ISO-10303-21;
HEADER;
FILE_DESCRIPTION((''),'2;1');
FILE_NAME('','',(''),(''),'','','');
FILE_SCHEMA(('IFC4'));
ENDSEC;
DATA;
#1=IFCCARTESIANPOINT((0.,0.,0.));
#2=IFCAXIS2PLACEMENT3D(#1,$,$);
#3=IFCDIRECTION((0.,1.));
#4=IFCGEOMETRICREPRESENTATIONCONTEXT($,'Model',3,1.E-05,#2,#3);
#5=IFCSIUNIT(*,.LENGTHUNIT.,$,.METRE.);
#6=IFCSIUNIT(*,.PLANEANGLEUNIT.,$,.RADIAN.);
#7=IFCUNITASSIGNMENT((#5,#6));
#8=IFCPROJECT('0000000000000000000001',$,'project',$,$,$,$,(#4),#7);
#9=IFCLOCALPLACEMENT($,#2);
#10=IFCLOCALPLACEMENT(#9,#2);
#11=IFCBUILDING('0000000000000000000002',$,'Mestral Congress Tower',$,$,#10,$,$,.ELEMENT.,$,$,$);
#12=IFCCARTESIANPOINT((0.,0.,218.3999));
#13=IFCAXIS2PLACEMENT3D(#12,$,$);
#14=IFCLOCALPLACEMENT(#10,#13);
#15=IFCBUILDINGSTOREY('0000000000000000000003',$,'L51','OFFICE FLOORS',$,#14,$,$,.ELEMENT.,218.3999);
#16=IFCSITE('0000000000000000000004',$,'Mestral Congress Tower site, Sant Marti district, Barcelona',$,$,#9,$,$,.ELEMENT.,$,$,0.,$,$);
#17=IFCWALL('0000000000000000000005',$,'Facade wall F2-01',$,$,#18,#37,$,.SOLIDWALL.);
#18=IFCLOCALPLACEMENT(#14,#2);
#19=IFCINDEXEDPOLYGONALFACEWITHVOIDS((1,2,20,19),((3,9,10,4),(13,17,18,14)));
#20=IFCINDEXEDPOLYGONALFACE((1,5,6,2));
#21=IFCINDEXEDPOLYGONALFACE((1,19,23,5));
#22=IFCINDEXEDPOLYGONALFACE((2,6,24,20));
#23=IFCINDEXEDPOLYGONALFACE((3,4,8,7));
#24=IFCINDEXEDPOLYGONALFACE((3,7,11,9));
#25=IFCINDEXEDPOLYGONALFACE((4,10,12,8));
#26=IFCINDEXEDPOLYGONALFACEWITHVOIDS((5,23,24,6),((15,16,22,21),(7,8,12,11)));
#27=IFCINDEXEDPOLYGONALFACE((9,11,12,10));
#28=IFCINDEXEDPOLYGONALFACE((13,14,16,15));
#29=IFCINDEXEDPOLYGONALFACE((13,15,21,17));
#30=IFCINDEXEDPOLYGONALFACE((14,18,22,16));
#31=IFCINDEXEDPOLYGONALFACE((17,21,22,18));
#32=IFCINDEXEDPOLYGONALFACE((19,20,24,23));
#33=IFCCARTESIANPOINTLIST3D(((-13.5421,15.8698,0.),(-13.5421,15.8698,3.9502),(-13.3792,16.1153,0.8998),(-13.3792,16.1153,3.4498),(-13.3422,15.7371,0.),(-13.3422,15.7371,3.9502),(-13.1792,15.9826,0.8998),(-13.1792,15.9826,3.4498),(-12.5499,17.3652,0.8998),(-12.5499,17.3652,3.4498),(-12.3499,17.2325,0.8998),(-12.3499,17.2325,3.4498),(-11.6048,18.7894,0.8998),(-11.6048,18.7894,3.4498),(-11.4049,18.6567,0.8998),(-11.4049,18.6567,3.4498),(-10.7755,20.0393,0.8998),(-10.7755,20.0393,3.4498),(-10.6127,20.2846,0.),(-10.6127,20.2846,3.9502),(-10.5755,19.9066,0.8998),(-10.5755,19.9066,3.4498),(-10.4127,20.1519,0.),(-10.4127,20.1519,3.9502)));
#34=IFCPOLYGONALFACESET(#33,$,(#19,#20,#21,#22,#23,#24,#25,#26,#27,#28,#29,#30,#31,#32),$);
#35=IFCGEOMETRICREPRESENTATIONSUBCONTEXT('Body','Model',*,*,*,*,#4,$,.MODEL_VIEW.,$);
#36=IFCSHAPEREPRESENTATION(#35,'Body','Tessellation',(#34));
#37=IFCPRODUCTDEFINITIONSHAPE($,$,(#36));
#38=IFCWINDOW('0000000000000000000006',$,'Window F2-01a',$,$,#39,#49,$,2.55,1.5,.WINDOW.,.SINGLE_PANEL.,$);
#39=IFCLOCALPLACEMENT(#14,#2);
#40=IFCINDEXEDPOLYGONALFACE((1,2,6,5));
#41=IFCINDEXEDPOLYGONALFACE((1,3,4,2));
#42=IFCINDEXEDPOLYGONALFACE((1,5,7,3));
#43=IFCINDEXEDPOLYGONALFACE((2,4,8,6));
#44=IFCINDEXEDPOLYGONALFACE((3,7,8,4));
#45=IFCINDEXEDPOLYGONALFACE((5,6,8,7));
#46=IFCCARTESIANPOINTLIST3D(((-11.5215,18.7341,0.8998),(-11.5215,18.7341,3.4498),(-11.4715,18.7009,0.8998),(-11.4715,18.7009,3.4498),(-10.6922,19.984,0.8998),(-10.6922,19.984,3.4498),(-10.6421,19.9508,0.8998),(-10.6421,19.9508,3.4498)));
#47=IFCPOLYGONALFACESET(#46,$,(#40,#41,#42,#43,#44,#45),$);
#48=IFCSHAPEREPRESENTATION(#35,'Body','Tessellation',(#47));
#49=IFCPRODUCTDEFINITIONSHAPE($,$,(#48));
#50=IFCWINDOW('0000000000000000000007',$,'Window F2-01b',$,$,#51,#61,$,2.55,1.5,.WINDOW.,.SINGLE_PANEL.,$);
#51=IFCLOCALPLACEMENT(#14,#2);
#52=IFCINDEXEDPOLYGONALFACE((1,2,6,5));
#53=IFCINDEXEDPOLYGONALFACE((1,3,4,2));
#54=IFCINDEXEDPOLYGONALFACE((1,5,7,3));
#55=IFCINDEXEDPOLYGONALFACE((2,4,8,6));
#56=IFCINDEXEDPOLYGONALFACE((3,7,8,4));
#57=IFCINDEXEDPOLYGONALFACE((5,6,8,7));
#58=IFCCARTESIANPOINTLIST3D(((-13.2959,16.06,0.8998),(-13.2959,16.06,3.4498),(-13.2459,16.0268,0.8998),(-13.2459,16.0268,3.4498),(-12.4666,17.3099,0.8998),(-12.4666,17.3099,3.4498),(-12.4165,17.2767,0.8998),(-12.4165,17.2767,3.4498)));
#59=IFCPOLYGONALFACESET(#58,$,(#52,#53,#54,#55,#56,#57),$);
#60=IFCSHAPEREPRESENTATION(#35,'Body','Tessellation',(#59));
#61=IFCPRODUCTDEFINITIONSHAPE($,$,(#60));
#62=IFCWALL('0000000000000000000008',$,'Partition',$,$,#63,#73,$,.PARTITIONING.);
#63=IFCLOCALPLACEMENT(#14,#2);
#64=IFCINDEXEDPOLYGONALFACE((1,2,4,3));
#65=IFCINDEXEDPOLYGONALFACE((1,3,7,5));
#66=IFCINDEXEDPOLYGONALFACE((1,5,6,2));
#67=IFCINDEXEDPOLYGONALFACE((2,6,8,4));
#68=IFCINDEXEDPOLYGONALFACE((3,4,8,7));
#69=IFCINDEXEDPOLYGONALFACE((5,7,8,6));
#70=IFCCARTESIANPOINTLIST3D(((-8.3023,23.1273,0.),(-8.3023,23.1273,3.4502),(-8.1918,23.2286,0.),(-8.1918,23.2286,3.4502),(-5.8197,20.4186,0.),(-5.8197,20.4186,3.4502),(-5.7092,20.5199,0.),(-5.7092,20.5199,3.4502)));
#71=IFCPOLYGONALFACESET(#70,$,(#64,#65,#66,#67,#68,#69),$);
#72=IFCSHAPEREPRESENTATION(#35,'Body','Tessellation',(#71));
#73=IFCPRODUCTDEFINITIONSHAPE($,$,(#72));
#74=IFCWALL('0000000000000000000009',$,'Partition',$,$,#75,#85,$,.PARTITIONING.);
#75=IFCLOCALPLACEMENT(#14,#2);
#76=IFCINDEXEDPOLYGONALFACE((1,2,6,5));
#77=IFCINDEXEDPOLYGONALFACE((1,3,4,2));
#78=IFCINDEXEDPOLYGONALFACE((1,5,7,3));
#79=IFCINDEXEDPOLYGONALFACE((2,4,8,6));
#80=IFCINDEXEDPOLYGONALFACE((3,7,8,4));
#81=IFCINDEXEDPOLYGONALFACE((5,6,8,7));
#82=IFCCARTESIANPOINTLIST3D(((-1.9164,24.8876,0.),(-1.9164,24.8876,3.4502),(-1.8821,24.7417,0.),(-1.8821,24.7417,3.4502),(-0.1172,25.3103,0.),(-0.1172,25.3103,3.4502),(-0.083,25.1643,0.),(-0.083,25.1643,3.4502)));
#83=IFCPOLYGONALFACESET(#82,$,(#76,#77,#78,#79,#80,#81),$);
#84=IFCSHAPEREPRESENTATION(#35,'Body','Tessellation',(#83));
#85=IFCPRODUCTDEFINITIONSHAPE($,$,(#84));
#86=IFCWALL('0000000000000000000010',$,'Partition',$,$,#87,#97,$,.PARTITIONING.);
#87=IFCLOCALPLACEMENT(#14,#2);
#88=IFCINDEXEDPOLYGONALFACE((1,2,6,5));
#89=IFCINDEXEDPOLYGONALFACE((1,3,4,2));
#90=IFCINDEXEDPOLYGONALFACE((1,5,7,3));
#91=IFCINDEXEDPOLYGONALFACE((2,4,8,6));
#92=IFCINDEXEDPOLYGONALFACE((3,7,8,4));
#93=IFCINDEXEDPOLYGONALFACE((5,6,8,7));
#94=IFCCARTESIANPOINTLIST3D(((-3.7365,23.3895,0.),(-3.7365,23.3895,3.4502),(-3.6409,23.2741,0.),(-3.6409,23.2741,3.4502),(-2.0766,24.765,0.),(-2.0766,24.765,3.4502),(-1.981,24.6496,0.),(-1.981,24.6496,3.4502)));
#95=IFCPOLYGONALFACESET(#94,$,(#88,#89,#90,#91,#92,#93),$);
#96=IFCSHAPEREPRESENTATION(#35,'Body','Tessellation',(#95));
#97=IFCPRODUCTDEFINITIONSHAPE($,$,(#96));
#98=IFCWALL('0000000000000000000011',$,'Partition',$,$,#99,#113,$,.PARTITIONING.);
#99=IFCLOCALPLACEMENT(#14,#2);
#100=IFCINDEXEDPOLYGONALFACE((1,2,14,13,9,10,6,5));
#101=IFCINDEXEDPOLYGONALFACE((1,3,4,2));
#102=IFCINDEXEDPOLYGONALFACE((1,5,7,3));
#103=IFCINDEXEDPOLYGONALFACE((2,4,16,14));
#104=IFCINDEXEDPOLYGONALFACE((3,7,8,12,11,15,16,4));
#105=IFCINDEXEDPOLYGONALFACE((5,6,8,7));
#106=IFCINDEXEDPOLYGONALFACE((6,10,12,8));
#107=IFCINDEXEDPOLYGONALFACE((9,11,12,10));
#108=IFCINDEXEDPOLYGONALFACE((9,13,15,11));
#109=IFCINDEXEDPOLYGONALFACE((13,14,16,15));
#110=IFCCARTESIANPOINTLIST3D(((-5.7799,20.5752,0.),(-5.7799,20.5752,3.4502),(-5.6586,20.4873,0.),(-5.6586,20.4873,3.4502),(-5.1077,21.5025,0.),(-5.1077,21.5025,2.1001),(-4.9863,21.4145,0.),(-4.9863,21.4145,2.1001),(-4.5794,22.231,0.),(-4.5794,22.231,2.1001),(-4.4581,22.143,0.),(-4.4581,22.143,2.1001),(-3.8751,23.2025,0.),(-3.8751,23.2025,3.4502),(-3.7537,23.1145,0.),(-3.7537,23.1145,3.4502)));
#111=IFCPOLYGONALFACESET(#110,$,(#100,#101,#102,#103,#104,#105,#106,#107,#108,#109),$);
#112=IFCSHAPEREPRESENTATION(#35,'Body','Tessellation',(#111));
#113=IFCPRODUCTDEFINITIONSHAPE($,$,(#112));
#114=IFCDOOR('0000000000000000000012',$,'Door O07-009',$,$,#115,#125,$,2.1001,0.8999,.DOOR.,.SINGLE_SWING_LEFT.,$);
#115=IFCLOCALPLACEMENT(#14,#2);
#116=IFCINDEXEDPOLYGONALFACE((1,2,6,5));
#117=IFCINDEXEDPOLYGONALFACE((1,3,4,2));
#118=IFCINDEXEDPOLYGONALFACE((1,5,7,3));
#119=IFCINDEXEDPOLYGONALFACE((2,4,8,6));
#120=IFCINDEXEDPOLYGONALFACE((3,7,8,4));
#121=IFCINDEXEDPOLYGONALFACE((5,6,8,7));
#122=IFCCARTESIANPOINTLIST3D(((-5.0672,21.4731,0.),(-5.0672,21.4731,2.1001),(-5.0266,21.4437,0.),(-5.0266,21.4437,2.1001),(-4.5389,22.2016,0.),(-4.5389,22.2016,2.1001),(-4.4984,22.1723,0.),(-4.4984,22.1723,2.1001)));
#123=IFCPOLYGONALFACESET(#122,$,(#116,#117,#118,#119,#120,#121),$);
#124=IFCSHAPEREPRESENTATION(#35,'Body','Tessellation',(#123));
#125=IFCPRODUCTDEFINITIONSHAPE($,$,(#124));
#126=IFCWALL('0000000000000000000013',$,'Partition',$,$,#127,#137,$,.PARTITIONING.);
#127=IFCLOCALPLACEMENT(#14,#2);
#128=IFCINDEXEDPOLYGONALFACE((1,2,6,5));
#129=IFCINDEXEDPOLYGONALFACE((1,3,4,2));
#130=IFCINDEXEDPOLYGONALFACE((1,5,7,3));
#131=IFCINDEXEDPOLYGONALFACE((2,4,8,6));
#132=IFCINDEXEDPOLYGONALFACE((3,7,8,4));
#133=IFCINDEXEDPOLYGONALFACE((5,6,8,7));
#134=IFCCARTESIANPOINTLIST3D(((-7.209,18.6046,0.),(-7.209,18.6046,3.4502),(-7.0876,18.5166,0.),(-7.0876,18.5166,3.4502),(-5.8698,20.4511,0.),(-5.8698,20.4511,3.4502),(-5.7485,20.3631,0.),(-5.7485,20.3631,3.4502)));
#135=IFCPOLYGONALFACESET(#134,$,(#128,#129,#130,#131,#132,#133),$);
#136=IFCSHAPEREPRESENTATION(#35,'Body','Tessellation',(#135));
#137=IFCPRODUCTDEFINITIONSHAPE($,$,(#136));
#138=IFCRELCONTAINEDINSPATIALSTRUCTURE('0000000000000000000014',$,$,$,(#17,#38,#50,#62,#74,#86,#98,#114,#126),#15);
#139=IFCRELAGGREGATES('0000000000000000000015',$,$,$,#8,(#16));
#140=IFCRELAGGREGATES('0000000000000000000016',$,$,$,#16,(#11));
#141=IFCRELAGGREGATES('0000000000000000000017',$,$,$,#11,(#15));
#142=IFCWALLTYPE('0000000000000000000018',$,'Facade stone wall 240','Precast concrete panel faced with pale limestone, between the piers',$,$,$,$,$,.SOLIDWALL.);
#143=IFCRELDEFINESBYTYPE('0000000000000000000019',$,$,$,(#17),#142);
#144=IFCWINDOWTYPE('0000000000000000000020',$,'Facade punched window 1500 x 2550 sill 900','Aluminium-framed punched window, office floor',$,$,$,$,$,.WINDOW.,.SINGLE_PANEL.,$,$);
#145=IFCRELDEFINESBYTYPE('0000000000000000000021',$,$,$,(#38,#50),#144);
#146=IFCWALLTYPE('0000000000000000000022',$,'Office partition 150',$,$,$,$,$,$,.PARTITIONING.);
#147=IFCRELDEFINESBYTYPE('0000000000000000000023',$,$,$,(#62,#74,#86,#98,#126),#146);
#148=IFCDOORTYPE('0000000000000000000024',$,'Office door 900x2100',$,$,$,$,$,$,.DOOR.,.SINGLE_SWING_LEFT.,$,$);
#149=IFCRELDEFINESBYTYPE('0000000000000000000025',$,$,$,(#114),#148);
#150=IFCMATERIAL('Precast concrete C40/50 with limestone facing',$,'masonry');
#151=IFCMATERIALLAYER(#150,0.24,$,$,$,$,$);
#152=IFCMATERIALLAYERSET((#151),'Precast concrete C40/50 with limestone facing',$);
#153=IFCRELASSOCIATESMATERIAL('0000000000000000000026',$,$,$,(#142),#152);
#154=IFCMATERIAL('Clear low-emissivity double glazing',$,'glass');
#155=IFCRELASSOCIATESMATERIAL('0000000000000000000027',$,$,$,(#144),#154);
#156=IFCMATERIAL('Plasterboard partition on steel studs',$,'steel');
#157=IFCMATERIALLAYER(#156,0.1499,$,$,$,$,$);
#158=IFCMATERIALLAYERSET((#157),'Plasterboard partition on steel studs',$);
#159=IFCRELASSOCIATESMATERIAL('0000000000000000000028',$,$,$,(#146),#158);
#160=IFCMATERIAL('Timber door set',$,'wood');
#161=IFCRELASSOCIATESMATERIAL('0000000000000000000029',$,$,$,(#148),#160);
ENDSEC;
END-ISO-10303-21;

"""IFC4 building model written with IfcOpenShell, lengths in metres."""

from ifc_helpers import new_model, si_unit, direction, frame, frame_2d, origin, place, context, subcontext, project, spatial, rectangle, extrude, material, layer, layer_set, type_object, element, fill, save


model = new_model("IFC4")

# Units and contexts
model_context = context("Model", 3, precision=1e-05, world=origin(), true_north=direction((0.0, 1.0)))
body_context = subcontext(model_context, "Body", "Model", "MODEL_VIEW")
ifc_project = project(units=[si_unit("LENGTHUNIT", "METRE"), si_unit("PLANEANGLEUNIT", "RADIAN")], contexts=[model_context])

# Site, building, storey
site_placement = place(None, origin())
site = spatial("IfcSite", under=ifc_project, at=site_placement, Name="Mestral Congress Tower site, Sant Marti district, Barcelona", CompositionType="ELEMENT", RefElevation=0.0)
building_placement = place(site_placement, origin())
building = spatial("IfcBuilding", under=site, at=building_placement, Name="Mestral Congress Tower", CompositionType="ELEMENT")
storey_placement = place(building_placement, frame((0.0, 0.0, 218.3999)))
storey = spatial("IfcBuildingStorey", under=building, at=storey_placement, Name="L51", Description="OFFICE FLOORS", CompositionType="ELEMENT", Elevation=218.3999)

# Shared definitions
ifc_material_1 = material(Name="Precast concrete C40/50 with limestone facing", Category="masonry")
ifc_layer_1 = layer(ifc_material_1, 0.24)
ifc_layer_set_1 = layer_set([ifc_layer_1], Name="Precast concrete C40/50 with limestone facing")
wall_type_1 = type_object("IfcWallType", Name="Facade stone wall 240", Description="Precast concrete panel faced with pale limestone, between the piers", PredefinedType="SOLIDWALL", material=ifc_layer_set_1)
ifc_material_2 = material(Name="Clear low-emissivity double glazing", Category="glass")

# Wall, openings, windows
window_type_1 = type_object("IfcWindowType", Name="Facade punched window 1500 x 2550 sill 900", Description="Aluminium-framed punched window, office floor", PartitioningType="SINGLE_PANEL", PredefinedType="WINDOW", material=ifc_material_2)
wall_1_placement = place(storey_placement, frame((-10.5127, 20.2183, 0.0), z_axis=(0.0, 0.0, 1.0), x_axis=(-0.552902, -0.833246, 0.0)))
wall_1 = element("IfcWall", 1, at=wall_1_placement, inside=storey, type_object=wall_type_1, Name="Facade wall F2-01", PredefinedType="SOLIDWALL", context=body_context, shape_type="SweptSolid", body=[
    extrude(rectangle(XDim=5.2983, YDim=0.24, at=frame_2d((2.6492, 0.0))), origin(), (0.0, 0.0, 1.0), 3.9502),
])
opening_1_placement = place(wall_1_placement, frame((0.2944, 0.0, 0.8999)))
opening_1 = element("IfcOpeningElement", 2, at=opening_1_placement, cuts=wall_1, PredefinedType="OPENING", context=body_context, shape_type="SweptSolid", body=[
    extrude(rectangle(XDim=1.5, YDim=2.55, at=frame_2d((0.75, 1.2749))), frame((0.0, 0.1299, 0.0), z_axis=(0.0, -1.0, 0.0), x_axis=(1.0, 0.0, 0.0)), (0.0, 0.0, 1.0), 0.26),
])
opening_2_placement = place(wall_1_placement, frame((3.5037, 0.0, 0.8999)))
opening_2 = element("IfcOpeningElement", 3, at=opening_2_placement, cuts=wall_1, PredefinedType="OPENING", context=body_context, shape_type="SweptSolid", body=[
    extrude(rectangle(XDim=1.5, YDim=2.55, at=frame_2d((0.75, 1.2749))), frame((0.0, 0.1299, 0.0), z_axis=(0.0, -1.0, 0.0), x_axis=(1.0, 0.0, 0.0)), (0.0, 0.0, 1.0), 0.26),
])
window_1_placement = place(opening_1_placement, origin())
window_1 = element("IfcWindow", 4, at=window_1_placement, inside=storey, type_object=window_type_1, Name="Window F2-01a", OverallHeight=2.55, OverallWidth=1.5, PartitioningType="SINGLE_PANEL", PredefinedType="WINDOW", context=body_context, shape_type="SweptSolid", body=[
    extrude(rectangle(XDim=1.5, YDim=2.55, at=frame_2d((0.75, 1.2749))), frame((0.0, 0.04, 0.0), z_axis=(0.0, -1.0, 0.0), x_axis=(1.0, 0.0, 0.0)), (0.0, 0.0, 1.0), 0.0601),
])
fill(opening_1, window_1)
window_2_placement = place(opening_2_placement, origin())
window_2 = element("IfcWindow", 5, at=window_2_placement, inside=storey, type_object=window_type_1, Name="Window F2-01b", OverallHeight=2.55, OverallWidth=1.5, PartitioningType="SINGLE_PANEL", PredefinedType="WINDOW", context=body_context, shape_type="SweptSolid", body=[
    extrude(rectangle(XDim=1.5, YDim=2.55, at=frame_2d((0.75, 1.2749))), frame((0.0, 0.04, 0.0), z_axis=(0.0, -1.0, 0.0), x_axis=(1.0, 0.0, 0.0)), (0.0, 0.0, 1.0), 0.0601),
])
fill(opening_2, window_2)

# Walls
ifc_material_3 = material(Name="Plasterboard partition on steel studs", Category="steel")
ifc_layer_2 = layer(ifc_material_3, 0.1499)
ifc_layer_set_2 = layer_set([ifc_layer_2], Name="Plasterboard partition on steel studs")
wall_type_2 = type_object("IfcWallType", Name="Office partition 150", PredefinedType="PARTITIONING", material=ifc_layer_set_2)
wall_2_placement = place(storey_placement, frame((-5.7644, 20.4692, 0.0), z_axis=(0.0, 0.0, 1.0), x_axis=(-0.675673, 0.737201, 0.0)))
element("IfcWall", 6, at=wall_2_placement, inside=storey, type_object=wall_type_2, Name="Partition", PredefinedType="PARTITIONING", context=body_context, shape_type="SweptSolid", body=[
    extrude(rectangle(XDim=3.6743, YDim=0.1499, at=frame_2d((1.8372, 0.0))), origin(), (0.0, 0.0, 1.0), 3.4502),
])
wall_3_placement = place(storey_placement, frame((-0.1001, 25.2373, 0.0), z_axis=(0.0, 0.0, 1.0), x_axis=(-0.973502, -0.228679, 0.0)))
element("IfcWall", 7, at=wall_3_placement, inside=storey, type_object=wall_type_2, Name="Partition", PredefinedType="PARTITIONING", context=body_context, shape_type="SweptSolid", body=[
    extrude(rectangle(XDim=1.8481, YDim=0.1499, at=frame_2d((0.9241, 0.0))), origin(), (0.0, 0.0, 1.0), 3.4502),
])
wall_4_placement = place(storey_placement, frame((-2.0288, 24.7073, 0.0), z_axis=(0.0, 0.0, 1.0), x_axis=(-0.769991, -0.638054, 0.0)))
element("IfcWall", 8, at=wall_4_placement, inside=storey, type_object=wall_type_2, Name="Partition", PredefinedType="PARTITIONING", context=body_context, shape_type="SweptSolid", body=[
    extrude(rectangle(XDim=2.1558, YDim=0.1499, at=frame_2d((1.0779, 0.0))), origin(), (0.0, 0.0, 1.0), 3.4502),
])

# Wall, opening, door
wall_5_placement = place(storey_placement, frame((-5.7192, 20.5312, 0.0), z_axis=(0.0, 0.0, 1.0), x_axis=(0.586981, 0.809601, 0.0)))
wall_5 = element("IfcWall", 9, at=wall_5_placement, inside=storey, type_object=wall_type_2, Name="Partition", PredefinedType="PARTITIONING", context=body_context, shape_type="SweptSolid", body=[
    extrude(rectangle(XDim=3.2451, YDim=0.1499, at=frame_2d((1.6226, 0.0))), origin(), (0.0, 0.0, 1.0), 3.4502),
])
opening_3_placement = place(wall_5_placement, frame((1.1453, 0.0, 0.0)))
opening_3 = element("IfcOpeningElement", 10, at=opening_3_placement, cuts=wall_5, PredefinedType="OPENING", context=body_context, shape_type="SweptSolid", body=[
    extrude(rectangle(XDim=0.8999, YDim=2.1001, at=frame_2d((0.45, 1.05))), frame((0.0, 0.085, 0.0), z_axis=(0.0, -1.0, 0.0), x_axis=(1.0, 0.0, 0.0)), (0.0, 0.0, 1.0), 0.1699),
])
ifc_material_4 = material(Name="Timber door set", Category="wood")
door_type = type_object("IfcDoorType", Name="Office door 900x2100", OperationType="SINGLE_SWING_LEFT", PredefinedType="DOOR", material=ifc_material_4)
door_placement = place(opening_3_placement, origin())
door = element("IfcDoor", 11, at=door_placement, inside=storey, type_object=door_type, Name="Door O07-009", OperationType="SINGLE_SWING_LEFT", OverallHeight=2.1001, OverallWidth=0.8999, PredefinedType="DOOR", context=body_context, shape_type="SweptSolid", body=[
    extrude(rectangle(XDim=0.8999, YDim=2.1001, at=frame_2d((0.45, 1.05))), frame((0.0, 0.0249, 0.0), z_axis=(0.0, -1.0, 0.0), x_axis=(1.0, 0.0, 0.0)), (0.0, 0.0, 1.0), 0.05),
])
fill(opening_3, door)

# Wall
wall_6_placement = place(storey_placement, frame((-5.8091, 20.4072, 0.0), z_axis=(0.0, 0.0, 1.0), x_axis=(-0.587096, -0.809518, 0.0)))
element("IfcWall", 12, at=wall_6_placement, inside=storey, type_object=wall_type_2, Name="Partition", PredefinedType="PARTITIONING", context=body_context, shape_type="SweptSolid", body=[
    extrude(rectangle(XDim=2.281, YDim=0.1499, at=frame_2d((1.1406, 0.0))), origin(), (0.0, 0.0, 1.0), 3.4502),
])

save(model, "model.ifc")
